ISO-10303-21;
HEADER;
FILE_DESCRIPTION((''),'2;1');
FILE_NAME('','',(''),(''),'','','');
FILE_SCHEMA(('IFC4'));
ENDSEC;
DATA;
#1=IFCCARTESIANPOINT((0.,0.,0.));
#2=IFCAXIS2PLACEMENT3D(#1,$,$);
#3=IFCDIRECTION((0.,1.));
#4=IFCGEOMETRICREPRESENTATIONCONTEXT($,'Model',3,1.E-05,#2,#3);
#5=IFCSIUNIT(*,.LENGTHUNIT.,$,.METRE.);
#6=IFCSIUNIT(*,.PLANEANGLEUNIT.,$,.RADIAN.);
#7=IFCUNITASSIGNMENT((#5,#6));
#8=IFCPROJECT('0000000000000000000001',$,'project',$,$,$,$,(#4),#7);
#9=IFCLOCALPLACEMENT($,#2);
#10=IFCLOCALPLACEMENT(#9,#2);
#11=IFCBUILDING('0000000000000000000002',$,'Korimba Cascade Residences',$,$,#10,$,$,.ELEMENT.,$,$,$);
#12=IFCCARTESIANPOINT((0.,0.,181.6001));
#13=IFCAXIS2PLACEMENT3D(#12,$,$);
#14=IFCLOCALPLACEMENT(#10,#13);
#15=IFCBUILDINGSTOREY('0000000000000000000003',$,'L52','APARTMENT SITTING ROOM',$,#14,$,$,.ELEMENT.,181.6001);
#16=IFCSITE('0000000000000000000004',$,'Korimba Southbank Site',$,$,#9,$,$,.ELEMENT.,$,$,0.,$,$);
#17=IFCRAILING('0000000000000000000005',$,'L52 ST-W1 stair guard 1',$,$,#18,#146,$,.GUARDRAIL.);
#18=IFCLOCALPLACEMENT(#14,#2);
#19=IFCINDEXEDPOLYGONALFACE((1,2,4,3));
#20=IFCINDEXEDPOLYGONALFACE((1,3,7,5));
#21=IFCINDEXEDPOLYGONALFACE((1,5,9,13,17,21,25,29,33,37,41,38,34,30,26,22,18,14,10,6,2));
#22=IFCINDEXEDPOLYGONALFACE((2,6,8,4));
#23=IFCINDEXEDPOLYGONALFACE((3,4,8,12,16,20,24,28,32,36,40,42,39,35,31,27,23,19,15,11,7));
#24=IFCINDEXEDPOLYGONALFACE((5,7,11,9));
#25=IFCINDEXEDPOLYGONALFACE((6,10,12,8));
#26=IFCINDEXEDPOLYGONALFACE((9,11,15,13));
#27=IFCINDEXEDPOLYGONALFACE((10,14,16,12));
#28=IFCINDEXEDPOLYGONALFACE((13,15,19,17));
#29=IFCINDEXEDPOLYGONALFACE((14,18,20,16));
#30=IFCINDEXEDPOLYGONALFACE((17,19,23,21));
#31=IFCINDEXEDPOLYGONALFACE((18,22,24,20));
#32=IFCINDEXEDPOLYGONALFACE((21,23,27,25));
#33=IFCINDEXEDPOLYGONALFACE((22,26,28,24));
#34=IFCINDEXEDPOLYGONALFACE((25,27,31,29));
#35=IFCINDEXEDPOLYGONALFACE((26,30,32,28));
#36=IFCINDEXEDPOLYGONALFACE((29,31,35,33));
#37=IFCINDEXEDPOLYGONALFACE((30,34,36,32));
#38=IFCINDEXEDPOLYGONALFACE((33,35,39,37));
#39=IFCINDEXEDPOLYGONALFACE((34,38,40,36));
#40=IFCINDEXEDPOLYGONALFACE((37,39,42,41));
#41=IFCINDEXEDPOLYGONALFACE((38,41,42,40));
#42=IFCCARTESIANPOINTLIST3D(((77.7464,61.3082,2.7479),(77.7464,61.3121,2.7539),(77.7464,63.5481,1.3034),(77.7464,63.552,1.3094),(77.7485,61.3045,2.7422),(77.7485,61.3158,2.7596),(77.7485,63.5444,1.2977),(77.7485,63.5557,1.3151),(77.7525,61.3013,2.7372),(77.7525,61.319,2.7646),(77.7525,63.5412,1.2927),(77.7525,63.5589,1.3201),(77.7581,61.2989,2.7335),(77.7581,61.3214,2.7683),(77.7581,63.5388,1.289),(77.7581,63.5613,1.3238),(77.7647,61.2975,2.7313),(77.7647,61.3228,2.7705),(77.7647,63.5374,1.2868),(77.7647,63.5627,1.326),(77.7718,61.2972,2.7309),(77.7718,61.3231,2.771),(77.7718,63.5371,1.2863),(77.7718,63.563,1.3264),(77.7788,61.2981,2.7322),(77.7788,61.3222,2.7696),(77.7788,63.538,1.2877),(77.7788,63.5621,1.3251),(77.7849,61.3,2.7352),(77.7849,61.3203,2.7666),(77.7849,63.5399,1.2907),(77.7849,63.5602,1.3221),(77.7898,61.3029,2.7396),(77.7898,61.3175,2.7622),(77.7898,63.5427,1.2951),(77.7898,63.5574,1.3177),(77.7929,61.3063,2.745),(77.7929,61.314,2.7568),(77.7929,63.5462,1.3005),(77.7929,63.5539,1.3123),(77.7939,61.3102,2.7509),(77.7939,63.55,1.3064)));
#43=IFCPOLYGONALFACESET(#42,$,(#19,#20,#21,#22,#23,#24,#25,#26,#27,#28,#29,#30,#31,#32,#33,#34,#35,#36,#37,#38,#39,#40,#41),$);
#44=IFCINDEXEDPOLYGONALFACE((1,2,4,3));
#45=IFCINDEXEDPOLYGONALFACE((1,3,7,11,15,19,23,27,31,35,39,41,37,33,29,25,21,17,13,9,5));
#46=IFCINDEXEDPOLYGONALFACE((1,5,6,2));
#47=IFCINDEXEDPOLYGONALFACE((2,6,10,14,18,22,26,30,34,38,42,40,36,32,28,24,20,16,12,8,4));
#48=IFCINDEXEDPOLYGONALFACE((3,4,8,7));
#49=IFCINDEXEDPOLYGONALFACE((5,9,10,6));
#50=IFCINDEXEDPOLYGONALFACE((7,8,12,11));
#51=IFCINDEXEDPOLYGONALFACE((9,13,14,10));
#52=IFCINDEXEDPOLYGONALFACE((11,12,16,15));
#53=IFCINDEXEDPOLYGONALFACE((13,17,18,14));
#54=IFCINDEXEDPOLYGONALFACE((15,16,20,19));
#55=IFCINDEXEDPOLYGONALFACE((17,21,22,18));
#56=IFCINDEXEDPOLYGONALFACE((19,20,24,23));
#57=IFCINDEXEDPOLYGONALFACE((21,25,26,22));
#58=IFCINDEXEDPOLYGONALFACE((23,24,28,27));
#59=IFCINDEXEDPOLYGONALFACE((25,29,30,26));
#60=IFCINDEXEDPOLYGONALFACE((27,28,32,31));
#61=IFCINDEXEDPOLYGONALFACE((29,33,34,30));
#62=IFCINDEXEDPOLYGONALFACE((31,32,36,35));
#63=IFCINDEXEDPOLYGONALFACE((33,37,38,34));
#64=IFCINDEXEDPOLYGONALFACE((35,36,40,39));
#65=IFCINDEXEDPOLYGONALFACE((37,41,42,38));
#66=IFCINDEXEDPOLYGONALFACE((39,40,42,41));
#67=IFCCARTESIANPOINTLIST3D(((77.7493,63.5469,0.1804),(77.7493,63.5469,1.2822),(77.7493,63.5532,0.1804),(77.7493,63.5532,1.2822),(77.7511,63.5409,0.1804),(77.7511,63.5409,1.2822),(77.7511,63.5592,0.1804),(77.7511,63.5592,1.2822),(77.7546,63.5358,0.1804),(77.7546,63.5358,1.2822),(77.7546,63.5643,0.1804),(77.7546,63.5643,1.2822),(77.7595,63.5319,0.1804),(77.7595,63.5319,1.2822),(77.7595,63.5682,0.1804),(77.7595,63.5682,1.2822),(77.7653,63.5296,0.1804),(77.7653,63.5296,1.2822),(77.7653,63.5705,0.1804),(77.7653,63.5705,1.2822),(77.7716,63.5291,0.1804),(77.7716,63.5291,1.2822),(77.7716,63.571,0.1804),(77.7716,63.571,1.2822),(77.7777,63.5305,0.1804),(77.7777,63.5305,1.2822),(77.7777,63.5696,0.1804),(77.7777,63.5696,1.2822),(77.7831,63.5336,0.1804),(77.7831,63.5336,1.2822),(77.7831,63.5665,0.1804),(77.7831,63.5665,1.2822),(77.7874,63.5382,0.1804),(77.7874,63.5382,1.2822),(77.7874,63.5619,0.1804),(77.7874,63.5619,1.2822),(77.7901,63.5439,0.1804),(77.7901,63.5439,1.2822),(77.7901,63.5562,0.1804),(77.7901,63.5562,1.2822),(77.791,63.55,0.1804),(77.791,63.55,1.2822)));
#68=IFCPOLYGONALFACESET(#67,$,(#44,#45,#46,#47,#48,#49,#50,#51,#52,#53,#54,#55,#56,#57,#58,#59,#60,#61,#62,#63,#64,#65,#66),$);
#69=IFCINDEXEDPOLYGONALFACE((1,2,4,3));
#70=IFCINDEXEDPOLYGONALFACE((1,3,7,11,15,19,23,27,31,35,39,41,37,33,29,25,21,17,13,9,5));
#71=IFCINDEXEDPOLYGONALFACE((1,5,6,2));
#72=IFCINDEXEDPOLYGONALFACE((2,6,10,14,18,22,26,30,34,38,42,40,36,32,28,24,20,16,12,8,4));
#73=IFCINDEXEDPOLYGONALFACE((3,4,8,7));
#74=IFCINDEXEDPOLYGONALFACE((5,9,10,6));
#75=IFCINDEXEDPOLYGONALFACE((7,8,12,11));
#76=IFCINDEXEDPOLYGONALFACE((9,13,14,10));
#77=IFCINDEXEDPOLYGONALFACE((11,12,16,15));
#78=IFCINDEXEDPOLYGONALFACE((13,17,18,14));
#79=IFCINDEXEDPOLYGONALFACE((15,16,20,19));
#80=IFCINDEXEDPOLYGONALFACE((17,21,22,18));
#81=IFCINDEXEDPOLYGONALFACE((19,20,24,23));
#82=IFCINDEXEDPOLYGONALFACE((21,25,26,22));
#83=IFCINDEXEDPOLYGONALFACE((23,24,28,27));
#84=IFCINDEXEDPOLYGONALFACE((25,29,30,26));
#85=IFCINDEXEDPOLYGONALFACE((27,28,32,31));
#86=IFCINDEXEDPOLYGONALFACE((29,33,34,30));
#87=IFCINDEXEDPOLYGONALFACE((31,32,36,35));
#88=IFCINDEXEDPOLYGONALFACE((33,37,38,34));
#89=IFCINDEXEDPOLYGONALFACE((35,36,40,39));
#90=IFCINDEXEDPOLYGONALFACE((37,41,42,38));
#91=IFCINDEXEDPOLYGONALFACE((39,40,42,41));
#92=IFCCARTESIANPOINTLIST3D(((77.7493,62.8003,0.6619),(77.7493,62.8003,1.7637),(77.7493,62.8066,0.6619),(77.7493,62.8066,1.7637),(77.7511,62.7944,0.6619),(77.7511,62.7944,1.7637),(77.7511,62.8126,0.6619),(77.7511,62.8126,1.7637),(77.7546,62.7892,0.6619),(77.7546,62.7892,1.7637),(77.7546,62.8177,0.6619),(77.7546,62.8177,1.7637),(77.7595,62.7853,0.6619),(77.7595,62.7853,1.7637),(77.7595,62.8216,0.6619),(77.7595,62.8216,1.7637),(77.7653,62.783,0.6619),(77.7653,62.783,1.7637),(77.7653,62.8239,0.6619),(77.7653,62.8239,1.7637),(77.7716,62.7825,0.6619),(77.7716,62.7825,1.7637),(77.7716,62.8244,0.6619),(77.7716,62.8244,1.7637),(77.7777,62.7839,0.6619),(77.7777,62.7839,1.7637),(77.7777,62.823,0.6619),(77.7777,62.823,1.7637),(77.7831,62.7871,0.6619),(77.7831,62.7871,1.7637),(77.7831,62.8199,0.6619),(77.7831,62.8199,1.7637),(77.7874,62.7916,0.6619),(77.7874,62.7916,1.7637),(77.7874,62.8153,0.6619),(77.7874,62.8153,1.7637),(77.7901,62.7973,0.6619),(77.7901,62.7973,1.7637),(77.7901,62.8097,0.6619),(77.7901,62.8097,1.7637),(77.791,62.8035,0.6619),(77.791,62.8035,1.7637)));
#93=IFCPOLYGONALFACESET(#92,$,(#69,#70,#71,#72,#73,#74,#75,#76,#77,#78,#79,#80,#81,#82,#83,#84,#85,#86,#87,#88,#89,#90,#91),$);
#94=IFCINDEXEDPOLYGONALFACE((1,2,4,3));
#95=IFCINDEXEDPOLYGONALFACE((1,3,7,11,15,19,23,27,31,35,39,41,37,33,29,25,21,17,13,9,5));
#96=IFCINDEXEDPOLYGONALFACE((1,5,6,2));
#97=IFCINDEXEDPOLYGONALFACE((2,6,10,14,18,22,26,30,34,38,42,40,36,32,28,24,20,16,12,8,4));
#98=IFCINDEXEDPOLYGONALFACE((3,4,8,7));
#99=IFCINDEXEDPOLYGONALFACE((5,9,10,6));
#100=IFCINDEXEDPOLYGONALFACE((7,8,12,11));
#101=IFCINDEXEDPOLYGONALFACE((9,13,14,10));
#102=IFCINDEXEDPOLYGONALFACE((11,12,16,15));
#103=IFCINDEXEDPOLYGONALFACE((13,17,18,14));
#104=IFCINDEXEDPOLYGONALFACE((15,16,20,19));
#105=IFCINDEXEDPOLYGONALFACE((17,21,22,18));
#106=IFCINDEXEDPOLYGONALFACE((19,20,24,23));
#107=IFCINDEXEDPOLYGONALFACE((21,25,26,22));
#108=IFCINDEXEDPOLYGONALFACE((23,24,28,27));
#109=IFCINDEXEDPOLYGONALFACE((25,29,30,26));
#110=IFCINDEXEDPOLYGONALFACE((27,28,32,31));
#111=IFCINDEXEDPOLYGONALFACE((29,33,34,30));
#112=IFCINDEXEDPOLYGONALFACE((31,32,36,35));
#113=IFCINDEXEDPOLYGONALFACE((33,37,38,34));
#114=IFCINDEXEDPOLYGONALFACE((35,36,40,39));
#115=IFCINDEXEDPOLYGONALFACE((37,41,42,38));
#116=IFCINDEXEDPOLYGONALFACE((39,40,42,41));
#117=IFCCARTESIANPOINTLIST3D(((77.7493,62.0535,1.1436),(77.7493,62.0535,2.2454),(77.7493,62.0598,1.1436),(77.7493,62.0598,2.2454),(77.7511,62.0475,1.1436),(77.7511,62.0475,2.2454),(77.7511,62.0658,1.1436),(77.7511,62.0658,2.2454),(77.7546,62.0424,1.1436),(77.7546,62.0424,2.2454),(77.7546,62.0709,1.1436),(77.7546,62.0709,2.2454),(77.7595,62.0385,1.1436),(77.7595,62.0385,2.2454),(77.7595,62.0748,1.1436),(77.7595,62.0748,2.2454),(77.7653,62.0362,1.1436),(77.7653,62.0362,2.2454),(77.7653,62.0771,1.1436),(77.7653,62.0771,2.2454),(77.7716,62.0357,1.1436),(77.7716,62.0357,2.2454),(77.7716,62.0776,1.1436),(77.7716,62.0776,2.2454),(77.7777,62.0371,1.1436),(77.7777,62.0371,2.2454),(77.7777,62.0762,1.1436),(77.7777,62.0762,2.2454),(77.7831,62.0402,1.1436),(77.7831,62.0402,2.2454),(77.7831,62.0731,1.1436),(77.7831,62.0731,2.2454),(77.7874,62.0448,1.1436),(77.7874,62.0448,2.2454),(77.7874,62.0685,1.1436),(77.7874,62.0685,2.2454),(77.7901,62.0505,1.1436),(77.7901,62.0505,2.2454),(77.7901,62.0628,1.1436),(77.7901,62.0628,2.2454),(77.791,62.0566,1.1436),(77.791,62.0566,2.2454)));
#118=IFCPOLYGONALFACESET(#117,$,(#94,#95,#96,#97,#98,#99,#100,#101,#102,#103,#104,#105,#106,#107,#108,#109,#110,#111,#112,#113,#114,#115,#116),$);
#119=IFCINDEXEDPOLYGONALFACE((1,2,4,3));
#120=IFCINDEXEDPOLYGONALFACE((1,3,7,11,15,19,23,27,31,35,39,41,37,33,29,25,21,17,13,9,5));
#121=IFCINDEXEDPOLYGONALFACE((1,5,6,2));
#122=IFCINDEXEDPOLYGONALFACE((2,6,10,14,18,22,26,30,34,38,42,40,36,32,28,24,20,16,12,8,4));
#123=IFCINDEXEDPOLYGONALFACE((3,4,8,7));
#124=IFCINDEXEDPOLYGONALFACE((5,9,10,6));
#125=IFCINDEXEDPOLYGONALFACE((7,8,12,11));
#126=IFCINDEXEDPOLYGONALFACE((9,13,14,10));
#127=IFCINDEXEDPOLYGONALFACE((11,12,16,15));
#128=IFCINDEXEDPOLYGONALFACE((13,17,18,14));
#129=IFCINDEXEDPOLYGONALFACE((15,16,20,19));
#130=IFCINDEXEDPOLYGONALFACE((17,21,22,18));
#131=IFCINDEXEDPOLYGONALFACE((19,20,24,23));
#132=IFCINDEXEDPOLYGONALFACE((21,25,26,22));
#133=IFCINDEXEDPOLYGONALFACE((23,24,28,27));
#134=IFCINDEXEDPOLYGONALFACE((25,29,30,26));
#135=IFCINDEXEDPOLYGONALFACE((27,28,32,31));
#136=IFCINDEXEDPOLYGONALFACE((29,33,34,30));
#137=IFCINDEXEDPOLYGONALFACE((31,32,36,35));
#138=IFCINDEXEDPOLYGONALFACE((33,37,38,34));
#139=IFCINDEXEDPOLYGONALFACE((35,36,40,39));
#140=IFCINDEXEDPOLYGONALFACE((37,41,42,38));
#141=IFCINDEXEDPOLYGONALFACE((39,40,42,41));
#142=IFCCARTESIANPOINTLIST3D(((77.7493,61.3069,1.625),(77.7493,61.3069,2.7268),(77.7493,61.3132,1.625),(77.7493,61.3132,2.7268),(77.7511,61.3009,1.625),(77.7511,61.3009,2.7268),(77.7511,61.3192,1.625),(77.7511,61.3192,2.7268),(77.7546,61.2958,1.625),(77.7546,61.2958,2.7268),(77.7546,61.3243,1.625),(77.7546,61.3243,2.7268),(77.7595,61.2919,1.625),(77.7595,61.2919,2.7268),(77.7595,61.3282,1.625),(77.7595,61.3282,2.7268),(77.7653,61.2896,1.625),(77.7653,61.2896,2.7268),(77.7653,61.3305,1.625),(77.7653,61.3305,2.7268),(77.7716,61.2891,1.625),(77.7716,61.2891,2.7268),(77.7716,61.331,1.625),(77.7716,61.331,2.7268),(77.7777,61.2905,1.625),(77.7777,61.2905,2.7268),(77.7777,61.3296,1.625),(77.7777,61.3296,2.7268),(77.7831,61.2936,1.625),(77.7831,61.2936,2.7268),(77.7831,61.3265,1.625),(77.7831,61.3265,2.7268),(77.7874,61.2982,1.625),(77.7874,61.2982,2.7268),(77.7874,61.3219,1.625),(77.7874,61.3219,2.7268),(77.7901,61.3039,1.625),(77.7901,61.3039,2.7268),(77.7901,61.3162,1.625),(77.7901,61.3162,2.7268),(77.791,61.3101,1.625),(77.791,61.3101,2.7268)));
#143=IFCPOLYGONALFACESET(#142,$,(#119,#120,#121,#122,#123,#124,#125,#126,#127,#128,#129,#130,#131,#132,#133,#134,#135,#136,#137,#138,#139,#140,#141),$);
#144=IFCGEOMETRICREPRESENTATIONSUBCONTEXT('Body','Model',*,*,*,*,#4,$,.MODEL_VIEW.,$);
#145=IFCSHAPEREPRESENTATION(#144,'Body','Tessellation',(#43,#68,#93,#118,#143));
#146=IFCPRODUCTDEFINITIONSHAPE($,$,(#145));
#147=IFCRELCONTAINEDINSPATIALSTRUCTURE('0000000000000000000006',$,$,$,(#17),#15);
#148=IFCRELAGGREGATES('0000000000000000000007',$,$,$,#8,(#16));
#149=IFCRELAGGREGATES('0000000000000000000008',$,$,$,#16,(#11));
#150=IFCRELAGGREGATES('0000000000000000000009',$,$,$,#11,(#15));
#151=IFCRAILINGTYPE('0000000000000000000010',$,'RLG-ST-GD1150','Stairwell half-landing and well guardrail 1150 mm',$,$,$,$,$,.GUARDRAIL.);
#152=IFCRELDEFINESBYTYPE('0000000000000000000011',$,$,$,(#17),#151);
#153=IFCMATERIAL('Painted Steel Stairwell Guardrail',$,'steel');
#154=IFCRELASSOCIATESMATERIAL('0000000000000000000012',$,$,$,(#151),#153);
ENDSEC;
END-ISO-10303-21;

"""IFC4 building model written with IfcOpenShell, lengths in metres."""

from ifc_helpers import new_model, si_unit, direction, frame, origin, origin_2d, place, context, subcontext, project, spatial, circle, extrude, material, type_object, element, save


model = new_model("IFC4")

# Units and contexts
model_context = context("Model", 3, precision=1e-05, world=origin(), true_north=direction((0.0, 1.0)))
body_context = subcontext(model_context, "Body", "Model", "MODEL_VIEW")
ifc_project = project(units=[si_unit("LENGTHUNIT", "METRE"), si_unit("PLANEANGLEUNIT", "RADIAN")], contexts=[model_context])

# Site, building, storey
site_placement = place(None, origin())
site = spatial("IfcSite", under=ifc_project, at=site_placement, Name="Korimba Southbank Site", CompositionType="ELEMENT", RefElevation=0.0)
building_placement = place(site_placement, origin())
building = spatial("IfcBuilding", under=site, at=building_placement, Name="Korimba Cascade Residences", CompositionType="ELEMENT")
storey_placement = place(building_placement, frame((0.0, 0.0, 181.6001)))
storey = spatial("IfcBuildingStorey", under=building, at=storey_placement, Name="L52", Description="APARTMENT SITTING ROOM", CompositionType="ELEMENT", Elevation=181.6001)

# Railing
ifc_material_1 = material(Name="Painted Steel Stairwell Guardrail", Category="steel")
railing_type_1 = type_object("IfcRailingType", Name="RLG-ST-GD1150", Description="Stairwell half-landing and well guardrail 1150 mm", PredefinedType="GUARDRAIL", material=ifc_material_1)
railing_1_placement = place(storey_placement, frame((77.77, 63.55, 0.1804)))
element("IfcRailing", 1, at=railing_1_placement, inside=storey, type_object=railing_type_1, Name="L52 ST-W1 stair guard 1", PredefinedType="GUARDRAIL", context=body_context, shape_type="SweptSolid", body=[
    extrude(circle(Radius=0.0239, at=origin_2d()), frame((0.0, 0.0, 1.126), z_axis=(0.0, -0.840395, 0.541975), x_axis=(1.0, 0.0, 0.0)), (0.0, 0.0, 1.0), 2.6653),
    extrude(circle(Radius=0.021, at=origin_2d()), origin(), (0.0, 0.0, 1.0), 1.1018),
    extrude(circle(Radius=0.021, at=origin_2d()), frame((0.0, -0.7466, 0.4814)), (0.0, 0.0, 1.0), 1.1018),
    extrude(circle(Radius=0.021, at=origin_2d()), frame((0.0, -1.4934, 0.9631)), (0.0, 0.0, 1.0), 1.1018),
    extrude(circle(Radius=0.021, at=origin_2d()), frame((0.0, -2.24, 1.4446)), (0.0, 0.0, 1.0), 1.1018),
])

save(model, "model.ifc")
